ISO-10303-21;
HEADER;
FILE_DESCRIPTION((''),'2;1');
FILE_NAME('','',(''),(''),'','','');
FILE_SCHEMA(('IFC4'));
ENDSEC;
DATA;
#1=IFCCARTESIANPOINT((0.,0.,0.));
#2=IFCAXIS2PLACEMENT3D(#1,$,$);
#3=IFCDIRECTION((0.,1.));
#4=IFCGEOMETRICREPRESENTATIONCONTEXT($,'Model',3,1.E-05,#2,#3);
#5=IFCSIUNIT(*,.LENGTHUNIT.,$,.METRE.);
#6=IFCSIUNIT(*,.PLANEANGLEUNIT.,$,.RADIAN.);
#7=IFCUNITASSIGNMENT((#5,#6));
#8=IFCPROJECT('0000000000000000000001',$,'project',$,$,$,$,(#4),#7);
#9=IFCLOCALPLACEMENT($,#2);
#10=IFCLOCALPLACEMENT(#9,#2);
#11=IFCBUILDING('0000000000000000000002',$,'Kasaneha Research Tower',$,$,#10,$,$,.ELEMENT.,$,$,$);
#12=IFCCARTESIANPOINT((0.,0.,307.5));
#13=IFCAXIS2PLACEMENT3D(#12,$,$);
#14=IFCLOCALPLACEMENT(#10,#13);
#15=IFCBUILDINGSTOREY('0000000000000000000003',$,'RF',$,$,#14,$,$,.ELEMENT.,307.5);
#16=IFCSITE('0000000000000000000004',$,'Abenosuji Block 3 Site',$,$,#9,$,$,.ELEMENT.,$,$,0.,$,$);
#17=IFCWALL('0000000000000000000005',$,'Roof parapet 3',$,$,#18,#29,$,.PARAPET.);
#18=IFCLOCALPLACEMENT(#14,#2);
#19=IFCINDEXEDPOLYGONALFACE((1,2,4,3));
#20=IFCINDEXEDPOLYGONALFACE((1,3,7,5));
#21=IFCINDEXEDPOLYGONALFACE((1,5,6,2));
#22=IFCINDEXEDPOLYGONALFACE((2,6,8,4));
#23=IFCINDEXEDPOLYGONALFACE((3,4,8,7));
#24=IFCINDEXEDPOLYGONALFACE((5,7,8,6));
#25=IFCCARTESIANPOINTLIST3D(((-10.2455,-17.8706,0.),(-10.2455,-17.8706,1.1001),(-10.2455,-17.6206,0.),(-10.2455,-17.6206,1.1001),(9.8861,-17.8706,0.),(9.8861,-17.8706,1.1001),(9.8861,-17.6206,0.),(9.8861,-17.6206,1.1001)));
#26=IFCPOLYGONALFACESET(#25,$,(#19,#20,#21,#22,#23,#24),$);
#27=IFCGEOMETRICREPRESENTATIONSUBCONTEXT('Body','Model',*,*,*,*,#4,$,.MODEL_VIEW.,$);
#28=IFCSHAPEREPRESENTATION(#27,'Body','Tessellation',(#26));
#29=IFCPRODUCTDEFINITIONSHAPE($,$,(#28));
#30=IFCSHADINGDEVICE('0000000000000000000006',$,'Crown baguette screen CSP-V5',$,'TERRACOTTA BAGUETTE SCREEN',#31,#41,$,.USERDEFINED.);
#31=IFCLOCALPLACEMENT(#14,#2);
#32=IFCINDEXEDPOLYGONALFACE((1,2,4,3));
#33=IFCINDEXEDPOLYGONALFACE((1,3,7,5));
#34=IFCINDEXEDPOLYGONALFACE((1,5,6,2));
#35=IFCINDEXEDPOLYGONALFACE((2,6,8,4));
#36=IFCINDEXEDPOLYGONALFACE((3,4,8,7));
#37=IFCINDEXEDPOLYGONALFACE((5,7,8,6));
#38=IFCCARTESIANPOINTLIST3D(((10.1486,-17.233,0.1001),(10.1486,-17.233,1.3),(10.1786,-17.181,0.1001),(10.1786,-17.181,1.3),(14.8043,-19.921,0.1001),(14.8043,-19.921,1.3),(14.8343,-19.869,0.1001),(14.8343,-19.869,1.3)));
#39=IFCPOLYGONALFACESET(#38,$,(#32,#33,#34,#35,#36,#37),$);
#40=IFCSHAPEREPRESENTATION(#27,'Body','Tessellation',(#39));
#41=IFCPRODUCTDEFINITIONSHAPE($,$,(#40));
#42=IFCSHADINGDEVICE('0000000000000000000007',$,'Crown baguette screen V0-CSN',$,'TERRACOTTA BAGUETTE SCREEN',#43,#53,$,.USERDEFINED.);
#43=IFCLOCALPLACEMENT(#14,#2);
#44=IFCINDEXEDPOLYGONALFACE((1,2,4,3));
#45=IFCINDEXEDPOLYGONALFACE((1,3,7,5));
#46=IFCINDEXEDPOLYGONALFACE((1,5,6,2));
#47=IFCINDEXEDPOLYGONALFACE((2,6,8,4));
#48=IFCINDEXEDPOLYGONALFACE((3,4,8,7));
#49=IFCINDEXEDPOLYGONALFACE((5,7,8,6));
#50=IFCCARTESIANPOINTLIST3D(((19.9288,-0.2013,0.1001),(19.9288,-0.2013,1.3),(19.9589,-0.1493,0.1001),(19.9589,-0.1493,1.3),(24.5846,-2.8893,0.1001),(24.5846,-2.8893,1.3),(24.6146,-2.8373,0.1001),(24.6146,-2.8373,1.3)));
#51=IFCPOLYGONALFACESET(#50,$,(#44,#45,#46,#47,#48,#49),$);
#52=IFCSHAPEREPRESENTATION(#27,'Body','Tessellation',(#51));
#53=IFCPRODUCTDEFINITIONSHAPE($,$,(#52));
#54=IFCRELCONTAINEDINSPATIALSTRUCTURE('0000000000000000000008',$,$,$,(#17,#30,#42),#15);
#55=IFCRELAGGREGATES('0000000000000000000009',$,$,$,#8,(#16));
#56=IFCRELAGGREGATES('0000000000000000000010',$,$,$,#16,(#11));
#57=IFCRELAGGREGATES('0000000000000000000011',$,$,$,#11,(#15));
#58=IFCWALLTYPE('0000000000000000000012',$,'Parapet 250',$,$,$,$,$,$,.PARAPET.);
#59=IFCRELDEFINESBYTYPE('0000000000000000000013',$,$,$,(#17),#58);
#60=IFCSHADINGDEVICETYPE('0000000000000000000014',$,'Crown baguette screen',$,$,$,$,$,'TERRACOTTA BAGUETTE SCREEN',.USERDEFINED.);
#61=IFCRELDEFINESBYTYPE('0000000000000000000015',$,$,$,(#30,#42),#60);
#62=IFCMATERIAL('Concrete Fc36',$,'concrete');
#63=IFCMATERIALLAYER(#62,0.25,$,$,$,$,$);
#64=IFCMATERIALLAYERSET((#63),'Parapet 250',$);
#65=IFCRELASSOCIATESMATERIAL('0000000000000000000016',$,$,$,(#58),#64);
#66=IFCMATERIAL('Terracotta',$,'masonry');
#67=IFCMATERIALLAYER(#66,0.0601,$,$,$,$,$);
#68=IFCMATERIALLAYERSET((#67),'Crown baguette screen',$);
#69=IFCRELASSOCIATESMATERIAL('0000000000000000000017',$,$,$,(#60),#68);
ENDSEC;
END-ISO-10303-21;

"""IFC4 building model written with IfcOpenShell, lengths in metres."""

from ifc_helpers import new_model, si_unit, direction, frame, frame_2d, origin, origin_2d, place, context, subcontext, project, spatial, rectangle, extrude, material, layer, layer_set, type_object, element, save


model = new_model("IFC4")

# Units and contexts
model_context = context("Model", 3, precision=1e-05, world=origin(), true_north=direction((0.0, 1.0)))
body_context = subcontext(model_context, "Body", "Model", "MODEL_VIEW")
ifc_project = project(units=[si_unit("LENGTHUNIT", "METRE"), si_unit("PLANEANGLEUNIT", "RADIAN")], contexts=[model_context])

# Site, building, storey
site_placement = place(None, origin())
site = spatial("IfcSite", under=ifc_project, at=site_placement, Name="Abenosuji Block 3 Site", CompositionType="ELEMENT", RefElevation=0.0)
building_placement = place(site_placement, origin())
building = spatial("IfcBuilding", under=site, at=building_placement, Name="Kasaneha Research Tower", CompositionType="ELEMENT")
storey_placement = place(building_placement, frame((0.0, 0.0, 307.5)))
storey = spatial("IfcBuildingStorey", under=building, at=storey_placement, Name="RF", CompositionType="ELEMENT", Elevation=307.5)

# Wall
ifc_material_1 = material(Name="Concrete Fc36", Category="concrete")
ifc_layer_1 = layer(ifc_material_1, 0.25)
ifc_layer_set_1 = layer_set([ifc_layer_1], Name="Parapet 250")
wall_type = type_object("IfcWallType", Name="Parapet 250", PredefinedType="PARAPET", material=ifc_layer_set_1)
wall_1_placement = place(storey_placement, frame((9.8862, -17.7456, 0.0), z_axis=(0.0, 0.0, 1.0), x_axis=(-1.0, 0.0, 0.0)))
element("IfcWall", 1, at=wall_1_placement, inside=storey, type_object=wall_type, Name="Roof parapet 3", PredefinedType="PARAPET", context=body_context, shape_type="SweptSolid", body=[
    extrude(rectangle(XDim=20.1316, YDim=0.25, at=frame_2d((10.0659, 0.0))), origin(), (0.0, 0.0, 1.0), 1.1001),
])

# Shading devices
ifc_material_2 = material(Name="Terracotta", Category="masonry")
ifc_layer_2 = layer(ifc_material_2, 0.0601)
ifc_layer_set_2 = layer_set([ifc_layer_2], Name="Crown baguette screen")
shading_device_type = type_object("IfcShadingDeviceType", Name="Crown baguette screen", ElementType="TERRACOTTA BAGUETTE SCREEN", PredefinedType="USERDEFINED", material=ifc_layer_set_2)
for number, where, z_axis, x_axis, name in (
    (2, (12.4915, -18.551, 0.1001), (0.0, 0.0, 1.0), (-0.866025, 0.5, 0.0), "Crown baguette screen CSP-V5"),
    (3, (22.2717, -1.5193, 0.1001), (0.0, 0.0, 1.0), (0.866025, -0.5, 0.0), "Crown baguette screen V0-CSN"),
):
    element("IfcShadingDevice", number, at=place(storey_placement, frame(where, z_axis=z_axis, x_axis=x_axis)), inside=storey, type_object=shading_device_type, Name=name, ObjectType="TERRACOTTA BAGUETTE SCREEN", PredefinedType="USERDEFINED", context=body_context, shape_type="SweptSolid", body=[
        extrude(rectangle(XDim=5.376, YDim=0.0601, at=origin_2d()), origin(), (0.0, 0.0, 1.0), 1.2),
    ])

save(model, "model.ifc")
